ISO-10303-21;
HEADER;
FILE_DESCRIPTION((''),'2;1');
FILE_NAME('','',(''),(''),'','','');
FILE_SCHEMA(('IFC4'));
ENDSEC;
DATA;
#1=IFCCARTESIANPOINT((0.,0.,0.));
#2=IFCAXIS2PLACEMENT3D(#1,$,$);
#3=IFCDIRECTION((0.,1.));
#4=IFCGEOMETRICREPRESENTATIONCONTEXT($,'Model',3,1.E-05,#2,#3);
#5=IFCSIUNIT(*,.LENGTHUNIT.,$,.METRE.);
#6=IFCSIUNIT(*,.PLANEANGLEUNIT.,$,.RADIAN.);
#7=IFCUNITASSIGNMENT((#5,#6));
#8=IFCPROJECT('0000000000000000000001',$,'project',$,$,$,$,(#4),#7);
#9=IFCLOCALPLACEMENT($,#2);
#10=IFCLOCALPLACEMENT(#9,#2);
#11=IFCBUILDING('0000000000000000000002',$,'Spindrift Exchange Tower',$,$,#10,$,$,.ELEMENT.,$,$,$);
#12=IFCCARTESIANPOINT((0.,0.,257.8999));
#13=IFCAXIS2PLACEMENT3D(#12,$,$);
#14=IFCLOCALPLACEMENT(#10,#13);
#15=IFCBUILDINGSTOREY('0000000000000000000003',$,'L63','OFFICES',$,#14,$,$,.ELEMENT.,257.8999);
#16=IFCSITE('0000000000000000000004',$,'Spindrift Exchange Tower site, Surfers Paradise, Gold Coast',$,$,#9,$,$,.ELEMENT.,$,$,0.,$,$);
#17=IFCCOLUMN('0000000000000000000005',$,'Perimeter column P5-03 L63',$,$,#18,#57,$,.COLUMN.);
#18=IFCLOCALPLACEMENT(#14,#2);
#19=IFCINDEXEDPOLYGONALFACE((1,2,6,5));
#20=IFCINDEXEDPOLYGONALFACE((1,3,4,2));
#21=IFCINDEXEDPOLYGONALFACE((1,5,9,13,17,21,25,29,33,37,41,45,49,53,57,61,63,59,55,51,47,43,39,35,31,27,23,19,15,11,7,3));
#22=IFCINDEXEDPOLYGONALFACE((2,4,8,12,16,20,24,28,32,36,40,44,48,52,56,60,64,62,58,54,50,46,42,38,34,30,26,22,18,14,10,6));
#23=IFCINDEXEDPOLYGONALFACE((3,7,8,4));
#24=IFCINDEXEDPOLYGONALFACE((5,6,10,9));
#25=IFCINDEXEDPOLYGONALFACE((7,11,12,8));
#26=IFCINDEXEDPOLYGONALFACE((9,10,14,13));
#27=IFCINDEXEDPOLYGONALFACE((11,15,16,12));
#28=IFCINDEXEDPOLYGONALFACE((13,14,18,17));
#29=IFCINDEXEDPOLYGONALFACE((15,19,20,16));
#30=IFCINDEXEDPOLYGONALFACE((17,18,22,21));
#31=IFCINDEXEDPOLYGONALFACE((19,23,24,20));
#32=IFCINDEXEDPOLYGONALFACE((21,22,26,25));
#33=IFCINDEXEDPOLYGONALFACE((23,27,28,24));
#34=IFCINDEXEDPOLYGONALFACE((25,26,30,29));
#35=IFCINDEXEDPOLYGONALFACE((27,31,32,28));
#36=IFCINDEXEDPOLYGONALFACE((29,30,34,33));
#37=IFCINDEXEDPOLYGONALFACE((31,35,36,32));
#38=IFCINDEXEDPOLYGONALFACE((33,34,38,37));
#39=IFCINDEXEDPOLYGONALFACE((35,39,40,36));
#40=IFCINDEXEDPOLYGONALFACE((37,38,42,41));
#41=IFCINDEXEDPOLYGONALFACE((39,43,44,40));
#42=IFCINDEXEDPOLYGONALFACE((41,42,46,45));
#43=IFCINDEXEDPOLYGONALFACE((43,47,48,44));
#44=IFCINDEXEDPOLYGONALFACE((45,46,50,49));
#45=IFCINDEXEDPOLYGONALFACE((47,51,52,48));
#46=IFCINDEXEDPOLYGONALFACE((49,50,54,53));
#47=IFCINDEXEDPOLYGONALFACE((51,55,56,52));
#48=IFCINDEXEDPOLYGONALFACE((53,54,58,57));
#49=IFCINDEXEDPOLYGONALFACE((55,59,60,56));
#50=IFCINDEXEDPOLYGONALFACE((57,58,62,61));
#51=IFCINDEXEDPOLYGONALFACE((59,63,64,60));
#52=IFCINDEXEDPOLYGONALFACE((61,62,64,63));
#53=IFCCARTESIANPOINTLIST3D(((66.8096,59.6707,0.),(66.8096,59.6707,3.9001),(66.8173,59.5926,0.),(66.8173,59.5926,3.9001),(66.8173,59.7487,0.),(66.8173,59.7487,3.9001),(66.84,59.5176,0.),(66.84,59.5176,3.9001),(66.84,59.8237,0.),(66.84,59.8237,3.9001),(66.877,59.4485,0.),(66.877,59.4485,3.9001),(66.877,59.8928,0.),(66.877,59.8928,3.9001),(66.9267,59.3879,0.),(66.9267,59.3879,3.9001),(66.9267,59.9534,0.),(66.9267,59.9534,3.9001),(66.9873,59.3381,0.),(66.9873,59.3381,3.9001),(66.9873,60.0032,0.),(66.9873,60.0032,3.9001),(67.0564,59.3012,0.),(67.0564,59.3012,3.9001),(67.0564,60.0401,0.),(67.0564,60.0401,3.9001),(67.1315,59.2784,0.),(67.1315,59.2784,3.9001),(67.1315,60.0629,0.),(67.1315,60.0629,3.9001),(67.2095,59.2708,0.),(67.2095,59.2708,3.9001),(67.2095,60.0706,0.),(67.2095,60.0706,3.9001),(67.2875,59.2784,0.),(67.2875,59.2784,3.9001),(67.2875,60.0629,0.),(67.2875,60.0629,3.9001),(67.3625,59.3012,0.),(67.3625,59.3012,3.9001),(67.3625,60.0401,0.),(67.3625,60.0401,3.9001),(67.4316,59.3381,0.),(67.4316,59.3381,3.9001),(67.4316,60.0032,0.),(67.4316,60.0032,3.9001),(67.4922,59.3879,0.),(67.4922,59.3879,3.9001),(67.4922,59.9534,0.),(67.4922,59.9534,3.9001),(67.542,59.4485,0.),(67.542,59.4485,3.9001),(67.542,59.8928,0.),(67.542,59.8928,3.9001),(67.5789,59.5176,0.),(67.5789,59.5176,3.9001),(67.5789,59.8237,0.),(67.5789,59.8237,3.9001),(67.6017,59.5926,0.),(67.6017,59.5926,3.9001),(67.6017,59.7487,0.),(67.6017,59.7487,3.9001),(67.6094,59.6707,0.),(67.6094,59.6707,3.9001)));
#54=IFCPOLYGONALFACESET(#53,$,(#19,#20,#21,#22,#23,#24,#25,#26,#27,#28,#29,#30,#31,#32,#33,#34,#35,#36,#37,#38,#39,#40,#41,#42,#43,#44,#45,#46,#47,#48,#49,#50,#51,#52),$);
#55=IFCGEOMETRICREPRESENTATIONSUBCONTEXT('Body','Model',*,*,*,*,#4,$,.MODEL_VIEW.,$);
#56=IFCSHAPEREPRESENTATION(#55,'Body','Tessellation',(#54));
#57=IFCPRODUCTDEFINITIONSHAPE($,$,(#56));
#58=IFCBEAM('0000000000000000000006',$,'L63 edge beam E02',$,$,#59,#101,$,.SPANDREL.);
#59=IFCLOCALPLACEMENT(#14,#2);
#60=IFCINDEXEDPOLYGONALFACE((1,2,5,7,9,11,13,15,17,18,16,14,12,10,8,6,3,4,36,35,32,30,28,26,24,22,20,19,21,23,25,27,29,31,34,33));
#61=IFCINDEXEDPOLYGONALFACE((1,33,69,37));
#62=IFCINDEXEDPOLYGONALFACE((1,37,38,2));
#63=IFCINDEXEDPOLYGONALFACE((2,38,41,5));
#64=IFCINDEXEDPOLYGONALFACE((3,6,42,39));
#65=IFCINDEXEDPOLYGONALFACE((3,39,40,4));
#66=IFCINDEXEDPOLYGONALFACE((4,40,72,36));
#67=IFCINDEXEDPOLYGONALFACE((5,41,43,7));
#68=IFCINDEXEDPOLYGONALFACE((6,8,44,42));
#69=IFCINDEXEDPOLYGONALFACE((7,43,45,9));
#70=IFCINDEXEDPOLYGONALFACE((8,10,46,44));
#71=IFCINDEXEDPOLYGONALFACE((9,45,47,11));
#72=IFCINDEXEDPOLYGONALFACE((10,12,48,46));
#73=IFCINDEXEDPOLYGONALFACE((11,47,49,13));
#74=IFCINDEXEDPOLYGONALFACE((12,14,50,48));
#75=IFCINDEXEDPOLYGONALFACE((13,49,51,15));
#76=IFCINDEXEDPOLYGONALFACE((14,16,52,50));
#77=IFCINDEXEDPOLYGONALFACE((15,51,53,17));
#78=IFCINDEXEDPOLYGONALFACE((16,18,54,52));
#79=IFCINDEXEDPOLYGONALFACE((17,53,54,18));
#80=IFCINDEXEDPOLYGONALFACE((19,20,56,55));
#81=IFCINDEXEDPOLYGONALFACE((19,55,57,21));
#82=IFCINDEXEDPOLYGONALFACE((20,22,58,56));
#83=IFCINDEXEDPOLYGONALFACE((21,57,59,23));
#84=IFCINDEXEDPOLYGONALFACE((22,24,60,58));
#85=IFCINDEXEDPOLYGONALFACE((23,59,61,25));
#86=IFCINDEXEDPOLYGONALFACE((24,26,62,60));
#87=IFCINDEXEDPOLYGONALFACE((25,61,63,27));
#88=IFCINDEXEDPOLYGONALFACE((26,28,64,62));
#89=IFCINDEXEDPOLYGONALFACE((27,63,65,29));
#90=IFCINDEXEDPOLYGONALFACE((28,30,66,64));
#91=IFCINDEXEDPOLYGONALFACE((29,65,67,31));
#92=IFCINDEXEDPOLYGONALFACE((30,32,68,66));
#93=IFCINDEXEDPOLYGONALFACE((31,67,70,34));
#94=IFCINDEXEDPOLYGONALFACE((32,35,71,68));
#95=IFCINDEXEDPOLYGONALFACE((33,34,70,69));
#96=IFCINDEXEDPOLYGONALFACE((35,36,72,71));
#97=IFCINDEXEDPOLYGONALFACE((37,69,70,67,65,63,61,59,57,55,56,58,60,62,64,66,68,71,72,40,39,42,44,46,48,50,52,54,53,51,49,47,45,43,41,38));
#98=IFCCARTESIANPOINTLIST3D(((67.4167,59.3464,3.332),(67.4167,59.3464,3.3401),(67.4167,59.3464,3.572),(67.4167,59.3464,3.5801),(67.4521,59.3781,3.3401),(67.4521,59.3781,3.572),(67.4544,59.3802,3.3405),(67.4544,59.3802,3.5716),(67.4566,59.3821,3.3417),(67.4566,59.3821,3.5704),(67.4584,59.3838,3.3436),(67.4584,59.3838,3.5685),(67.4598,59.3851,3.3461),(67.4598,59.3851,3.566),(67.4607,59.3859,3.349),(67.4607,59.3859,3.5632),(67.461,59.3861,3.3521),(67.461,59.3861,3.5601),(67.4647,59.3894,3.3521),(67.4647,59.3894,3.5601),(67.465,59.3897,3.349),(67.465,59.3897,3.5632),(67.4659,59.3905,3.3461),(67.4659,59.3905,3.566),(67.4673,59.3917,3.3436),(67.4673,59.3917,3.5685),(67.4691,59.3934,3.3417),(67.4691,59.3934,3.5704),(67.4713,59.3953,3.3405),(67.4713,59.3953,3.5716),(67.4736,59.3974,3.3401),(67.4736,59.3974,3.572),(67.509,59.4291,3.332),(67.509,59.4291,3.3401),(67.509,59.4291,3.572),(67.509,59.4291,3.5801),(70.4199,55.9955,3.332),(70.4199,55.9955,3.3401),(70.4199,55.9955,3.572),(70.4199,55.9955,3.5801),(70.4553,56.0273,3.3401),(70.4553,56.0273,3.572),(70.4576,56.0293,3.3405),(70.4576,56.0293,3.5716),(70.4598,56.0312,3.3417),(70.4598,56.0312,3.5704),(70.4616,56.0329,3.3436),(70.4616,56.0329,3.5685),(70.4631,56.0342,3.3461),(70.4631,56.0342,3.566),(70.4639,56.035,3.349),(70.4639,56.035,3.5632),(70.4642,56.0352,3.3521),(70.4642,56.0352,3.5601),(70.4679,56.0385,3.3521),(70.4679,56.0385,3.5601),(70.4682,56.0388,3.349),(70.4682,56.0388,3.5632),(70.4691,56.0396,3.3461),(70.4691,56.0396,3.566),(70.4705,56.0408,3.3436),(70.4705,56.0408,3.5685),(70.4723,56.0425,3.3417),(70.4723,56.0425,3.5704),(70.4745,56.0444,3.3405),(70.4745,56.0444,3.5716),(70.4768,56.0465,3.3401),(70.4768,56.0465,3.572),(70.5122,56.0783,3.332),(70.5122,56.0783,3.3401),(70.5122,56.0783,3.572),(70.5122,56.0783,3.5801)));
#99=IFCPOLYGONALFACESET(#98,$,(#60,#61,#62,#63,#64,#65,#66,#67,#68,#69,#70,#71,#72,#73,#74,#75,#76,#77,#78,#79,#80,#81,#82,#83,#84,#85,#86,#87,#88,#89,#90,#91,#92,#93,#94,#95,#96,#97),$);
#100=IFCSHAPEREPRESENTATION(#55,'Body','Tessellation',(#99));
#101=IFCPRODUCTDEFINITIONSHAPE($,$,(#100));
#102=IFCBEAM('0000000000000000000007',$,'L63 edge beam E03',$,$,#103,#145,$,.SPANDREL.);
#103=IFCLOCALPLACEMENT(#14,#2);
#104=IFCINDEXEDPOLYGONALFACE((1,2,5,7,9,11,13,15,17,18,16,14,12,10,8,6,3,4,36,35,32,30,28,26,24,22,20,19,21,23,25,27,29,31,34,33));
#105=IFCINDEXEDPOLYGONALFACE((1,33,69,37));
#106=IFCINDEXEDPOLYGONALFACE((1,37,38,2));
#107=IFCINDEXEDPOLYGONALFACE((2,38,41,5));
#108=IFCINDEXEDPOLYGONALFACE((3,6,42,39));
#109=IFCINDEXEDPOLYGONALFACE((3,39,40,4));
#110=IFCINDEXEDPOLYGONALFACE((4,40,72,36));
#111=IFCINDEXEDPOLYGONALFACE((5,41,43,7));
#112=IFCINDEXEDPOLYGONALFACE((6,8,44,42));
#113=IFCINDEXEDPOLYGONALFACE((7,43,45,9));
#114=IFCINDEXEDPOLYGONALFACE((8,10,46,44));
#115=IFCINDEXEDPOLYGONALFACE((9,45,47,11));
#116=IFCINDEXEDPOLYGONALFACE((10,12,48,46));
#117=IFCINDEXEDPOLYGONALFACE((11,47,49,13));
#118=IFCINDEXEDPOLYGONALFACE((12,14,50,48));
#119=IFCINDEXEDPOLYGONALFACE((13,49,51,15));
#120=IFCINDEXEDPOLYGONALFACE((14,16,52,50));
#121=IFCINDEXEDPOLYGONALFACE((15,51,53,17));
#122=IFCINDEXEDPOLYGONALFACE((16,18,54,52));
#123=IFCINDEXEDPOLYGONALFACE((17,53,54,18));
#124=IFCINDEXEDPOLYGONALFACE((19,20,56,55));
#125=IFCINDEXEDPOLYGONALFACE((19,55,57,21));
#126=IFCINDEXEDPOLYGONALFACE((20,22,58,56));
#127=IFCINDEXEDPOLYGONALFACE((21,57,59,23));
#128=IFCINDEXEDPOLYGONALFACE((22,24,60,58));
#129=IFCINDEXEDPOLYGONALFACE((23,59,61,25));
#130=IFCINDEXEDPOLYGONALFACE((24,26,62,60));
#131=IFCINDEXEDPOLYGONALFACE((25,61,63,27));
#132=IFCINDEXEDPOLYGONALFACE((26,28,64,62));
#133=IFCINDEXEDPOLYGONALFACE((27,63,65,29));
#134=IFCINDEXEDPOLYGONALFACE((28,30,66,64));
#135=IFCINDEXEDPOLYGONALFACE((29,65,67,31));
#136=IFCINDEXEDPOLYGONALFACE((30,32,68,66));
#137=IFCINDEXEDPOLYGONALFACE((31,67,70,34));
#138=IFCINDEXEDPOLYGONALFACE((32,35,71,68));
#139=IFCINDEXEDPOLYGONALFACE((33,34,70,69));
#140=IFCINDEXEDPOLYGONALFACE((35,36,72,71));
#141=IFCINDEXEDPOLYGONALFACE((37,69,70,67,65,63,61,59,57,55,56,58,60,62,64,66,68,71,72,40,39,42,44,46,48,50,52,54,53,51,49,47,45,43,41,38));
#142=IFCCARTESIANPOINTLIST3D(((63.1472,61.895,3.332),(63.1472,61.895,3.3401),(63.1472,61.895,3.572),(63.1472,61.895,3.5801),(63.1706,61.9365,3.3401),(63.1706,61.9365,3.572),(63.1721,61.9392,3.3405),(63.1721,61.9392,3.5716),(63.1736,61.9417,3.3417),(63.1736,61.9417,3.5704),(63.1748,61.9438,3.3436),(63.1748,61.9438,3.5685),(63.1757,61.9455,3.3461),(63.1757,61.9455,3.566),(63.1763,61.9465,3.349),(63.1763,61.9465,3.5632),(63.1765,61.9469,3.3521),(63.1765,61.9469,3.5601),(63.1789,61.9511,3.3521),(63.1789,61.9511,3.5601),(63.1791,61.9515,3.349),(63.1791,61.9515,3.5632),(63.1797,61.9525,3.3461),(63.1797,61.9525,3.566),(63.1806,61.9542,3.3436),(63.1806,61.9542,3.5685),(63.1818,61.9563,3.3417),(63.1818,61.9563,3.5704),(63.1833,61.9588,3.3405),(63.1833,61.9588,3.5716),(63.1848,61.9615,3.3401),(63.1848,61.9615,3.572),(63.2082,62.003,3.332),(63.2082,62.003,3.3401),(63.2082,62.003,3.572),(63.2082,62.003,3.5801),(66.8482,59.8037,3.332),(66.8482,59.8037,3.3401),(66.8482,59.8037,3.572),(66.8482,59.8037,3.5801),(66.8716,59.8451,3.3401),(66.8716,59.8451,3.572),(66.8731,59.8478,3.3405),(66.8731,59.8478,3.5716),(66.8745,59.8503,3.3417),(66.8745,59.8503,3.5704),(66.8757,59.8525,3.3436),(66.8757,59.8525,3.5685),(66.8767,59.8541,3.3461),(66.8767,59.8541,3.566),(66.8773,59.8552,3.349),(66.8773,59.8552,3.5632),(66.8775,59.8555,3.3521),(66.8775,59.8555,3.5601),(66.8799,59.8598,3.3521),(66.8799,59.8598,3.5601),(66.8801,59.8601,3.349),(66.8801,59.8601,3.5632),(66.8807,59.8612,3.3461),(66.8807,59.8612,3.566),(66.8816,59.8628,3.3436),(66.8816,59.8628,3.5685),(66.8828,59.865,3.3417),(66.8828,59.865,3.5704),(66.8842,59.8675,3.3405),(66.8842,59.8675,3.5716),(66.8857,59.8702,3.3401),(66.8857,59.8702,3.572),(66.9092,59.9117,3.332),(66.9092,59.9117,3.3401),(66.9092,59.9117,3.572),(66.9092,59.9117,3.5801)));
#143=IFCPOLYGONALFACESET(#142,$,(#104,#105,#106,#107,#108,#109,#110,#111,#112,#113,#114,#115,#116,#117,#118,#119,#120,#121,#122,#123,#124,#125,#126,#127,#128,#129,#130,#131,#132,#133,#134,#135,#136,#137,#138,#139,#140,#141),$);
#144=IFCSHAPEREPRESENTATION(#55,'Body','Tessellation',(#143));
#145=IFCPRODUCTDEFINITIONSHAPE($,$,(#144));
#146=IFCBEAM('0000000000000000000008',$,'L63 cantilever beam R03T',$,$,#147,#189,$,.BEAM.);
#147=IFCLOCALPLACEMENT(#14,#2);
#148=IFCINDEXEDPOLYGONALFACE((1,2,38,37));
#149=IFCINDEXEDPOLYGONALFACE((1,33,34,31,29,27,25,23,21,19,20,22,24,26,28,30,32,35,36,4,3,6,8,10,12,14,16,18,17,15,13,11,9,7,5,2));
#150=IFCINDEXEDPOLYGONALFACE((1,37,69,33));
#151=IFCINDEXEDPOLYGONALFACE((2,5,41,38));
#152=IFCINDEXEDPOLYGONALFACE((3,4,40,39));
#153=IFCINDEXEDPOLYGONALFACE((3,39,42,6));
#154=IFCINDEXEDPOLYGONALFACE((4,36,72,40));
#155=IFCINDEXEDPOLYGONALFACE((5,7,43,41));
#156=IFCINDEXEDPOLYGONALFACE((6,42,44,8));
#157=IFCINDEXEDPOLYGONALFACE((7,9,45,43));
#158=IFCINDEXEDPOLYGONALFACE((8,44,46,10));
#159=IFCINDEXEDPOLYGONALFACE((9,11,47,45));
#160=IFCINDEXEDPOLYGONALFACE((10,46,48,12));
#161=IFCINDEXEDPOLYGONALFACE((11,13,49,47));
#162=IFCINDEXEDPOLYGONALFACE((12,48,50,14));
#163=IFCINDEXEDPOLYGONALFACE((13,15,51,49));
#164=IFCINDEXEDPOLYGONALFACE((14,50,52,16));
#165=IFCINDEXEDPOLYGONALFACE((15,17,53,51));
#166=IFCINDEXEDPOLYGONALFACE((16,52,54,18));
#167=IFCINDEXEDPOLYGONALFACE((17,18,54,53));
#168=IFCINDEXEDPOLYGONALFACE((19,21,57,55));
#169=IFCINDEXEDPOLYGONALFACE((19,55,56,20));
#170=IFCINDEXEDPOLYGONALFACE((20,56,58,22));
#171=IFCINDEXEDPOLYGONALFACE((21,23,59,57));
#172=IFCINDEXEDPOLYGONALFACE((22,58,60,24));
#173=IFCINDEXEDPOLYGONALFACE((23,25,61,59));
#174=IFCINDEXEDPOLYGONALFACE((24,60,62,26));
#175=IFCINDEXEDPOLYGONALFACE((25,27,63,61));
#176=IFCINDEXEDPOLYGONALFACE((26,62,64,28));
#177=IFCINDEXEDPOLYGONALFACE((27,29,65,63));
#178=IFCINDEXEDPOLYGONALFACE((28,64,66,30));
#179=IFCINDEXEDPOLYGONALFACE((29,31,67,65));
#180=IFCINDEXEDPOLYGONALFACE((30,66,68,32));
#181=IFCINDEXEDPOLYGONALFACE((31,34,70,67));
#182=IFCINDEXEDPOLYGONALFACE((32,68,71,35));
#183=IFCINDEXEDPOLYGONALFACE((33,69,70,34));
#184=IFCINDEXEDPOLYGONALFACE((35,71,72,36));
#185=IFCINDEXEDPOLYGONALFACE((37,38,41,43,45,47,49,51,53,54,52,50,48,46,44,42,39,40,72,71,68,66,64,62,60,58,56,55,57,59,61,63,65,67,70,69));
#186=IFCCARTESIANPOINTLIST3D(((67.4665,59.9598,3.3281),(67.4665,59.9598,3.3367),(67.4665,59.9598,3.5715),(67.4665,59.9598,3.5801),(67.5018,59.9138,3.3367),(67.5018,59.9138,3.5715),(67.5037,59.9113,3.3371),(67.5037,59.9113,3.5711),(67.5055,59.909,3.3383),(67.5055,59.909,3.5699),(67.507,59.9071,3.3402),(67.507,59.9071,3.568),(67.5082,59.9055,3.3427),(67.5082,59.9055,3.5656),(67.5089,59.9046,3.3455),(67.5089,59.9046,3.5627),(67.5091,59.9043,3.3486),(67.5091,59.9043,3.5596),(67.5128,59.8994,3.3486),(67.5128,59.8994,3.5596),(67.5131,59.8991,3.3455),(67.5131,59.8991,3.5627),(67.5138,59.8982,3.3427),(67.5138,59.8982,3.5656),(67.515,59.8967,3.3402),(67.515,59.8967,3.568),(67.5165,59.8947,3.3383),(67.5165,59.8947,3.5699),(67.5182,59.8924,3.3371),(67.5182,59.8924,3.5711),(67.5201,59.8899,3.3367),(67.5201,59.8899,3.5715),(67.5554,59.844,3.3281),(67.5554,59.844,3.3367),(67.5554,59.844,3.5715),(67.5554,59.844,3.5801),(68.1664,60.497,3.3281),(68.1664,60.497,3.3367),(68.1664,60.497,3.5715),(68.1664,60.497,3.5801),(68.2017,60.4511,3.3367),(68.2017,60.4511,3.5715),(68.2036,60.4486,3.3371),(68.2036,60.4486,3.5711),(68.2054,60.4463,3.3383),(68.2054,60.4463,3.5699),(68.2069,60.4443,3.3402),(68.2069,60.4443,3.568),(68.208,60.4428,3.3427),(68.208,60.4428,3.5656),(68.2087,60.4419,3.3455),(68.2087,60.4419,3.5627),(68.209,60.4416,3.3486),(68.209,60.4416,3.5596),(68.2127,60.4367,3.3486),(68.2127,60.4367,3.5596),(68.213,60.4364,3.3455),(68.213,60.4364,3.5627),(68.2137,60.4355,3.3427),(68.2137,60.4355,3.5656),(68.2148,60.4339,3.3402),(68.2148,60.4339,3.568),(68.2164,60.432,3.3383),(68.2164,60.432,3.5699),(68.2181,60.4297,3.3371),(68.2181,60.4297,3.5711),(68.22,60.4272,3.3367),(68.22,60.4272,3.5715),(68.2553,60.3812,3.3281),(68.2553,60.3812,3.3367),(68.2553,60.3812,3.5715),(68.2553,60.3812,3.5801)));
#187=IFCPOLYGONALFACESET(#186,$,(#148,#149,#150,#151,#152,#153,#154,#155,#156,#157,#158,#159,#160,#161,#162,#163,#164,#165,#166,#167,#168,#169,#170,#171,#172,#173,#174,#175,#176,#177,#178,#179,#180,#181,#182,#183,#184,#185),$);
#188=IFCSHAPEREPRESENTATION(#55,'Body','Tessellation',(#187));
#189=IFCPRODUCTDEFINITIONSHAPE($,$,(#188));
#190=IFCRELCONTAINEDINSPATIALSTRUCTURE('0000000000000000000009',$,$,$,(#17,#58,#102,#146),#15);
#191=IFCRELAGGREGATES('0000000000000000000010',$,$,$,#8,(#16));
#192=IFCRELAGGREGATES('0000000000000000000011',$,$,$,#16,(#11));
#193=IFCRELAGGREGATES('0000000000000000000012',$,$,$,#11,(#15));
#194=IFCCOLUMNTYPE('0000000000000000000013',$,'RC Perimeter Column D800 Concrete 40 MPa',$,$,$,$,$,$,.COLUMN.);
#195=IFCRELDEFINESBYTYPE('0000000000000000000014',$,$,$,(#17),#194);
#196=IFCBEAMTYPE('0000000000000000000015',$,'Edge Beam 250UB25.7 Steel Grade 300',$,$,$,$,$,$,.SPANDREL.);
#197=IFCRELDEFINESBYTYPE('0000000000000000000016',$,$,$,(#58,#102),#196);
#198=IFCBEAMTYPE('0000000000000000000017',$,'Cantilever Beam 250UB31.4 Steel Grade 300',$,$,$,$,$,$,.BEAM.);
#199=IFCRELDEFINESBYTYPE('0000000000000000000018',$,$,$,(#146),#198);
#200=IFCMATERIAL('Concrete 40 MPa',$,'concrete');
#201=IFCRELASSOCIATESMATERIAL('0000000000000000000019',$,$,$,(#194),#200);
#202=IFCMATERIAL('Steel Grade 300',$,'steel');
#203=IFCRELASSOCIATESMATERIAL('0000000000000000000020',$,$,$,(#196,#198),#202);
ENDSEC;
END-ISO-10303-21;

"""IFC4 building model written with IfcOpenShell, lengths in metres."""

from ifc_helpers import new_model, si_unit, direction, frame, origin, origin_2d, place, context, subcontext, project, spatial, circle, i_section, extrude, source, transform, mapped, material, material_profile, profile_set, type_object, element, save


model = new_model("IFC4")

# Units and contexts
model_context = context("Model", 3, precision=1e-05, world=origin(), true_north=direction((0.0, 1.0)))
body_context = subcontext(model_context, "Body", "Model", "MODEL_VIEW")
ifc_project = project(units=[si_unit("LENGTHUNIT", "METRE"), si_unit("PLANEANGLEUNIT", "RADIAN")], contexts=[model_context])

# Site, building, storey
site_placement = place(None, origin())
site = spatial("IfcSite", under=ifc_project, at=site_placement, Name="Spindrift Exchange Tower site, Surfers Paradise, Gold Coast", CompositionType="ELEMENT", RefElevation=0.0)
building_placement = place(site_placement, origin())
building = spatial("IfcBuilding", under=site, at=building_placement, Name="Spindrift Exchange Tower", CompositionType="ELEMENT")
storey_placement = place(building_placement, frame((0.0, 0.0, 257.8999)))
storey = spatial("IfcBuildingStorey", under=building, at=storey_placement, Name="L63", Description="OFFICES", CompositionType="ELEMENT", Elevation=257.8999)

# Column
ifc_material_1 = material(Name="Concrete 40 MPa", Category="concrete")
ifc_material_profile_1 = material_profile(ifc_material_1, circle(Radius=0.3999, at=origin_2d()), Name="RC D800")
ifc_profile_set_1 = profile_set([ifc_material_profile_1], Name="Concrete 40 MPa")
column_type = type_object("IfcColumnType", Name="RC Perimeter Column D800 Concrete 40 MPa", PredefinedType="COLUMN", material=ifc_profile_set_1)
shared_shape_1 = source(origin(), body_context, "Body", "SweptSolid", [
    extrude(circle(Radius=0.3999, at=origin_2d()), origin(), (0.0, 0.0, 1.0), 3.9001),
])
column_placement = place(storey_placement, frame((67.2095, 59.6707, 0.0), z_axis=(0.0, 0.0, 1.0), x_axis=(1.0, 0.0, 0.0)))
element("IfcColumn", 1, at=column_placement, inside=storey, type_object=column_type, Name="Perimeter column P5-03 L63", PredefinedType="COLUMN", context=body_context, shape_type="MappedRepresentation", body=[
    mapped(shared_shape_1, transform((0.0, 0.0, 0.0), scale=1.0)),
])

# Beams
ifc_material_2 = material(Name="Steel Grade 300", Category="steel")
ifc_material_profile_2 = material_profile(ifc_material_2, i_section(OverallWidth=0.124, OverallDepth=0.248, WebThickness=0.0049, FlangeThickness=0.0081, FilletRadius=0.012, at=origin_2d()), Name="250UB25.7")
ifc_profile_set_2 = profile_set([ifc_material_profile_2], Name="Steel Grade 300")
beam_type_1 = type_object("IfcBeamType", Name="Edge Beam 250UB25.7 Steel Grade 300", PredefinedType="SPANDREL", material=ifc_profile_set_2)
shared_shape_2 = source(origin(), body_context, "Body", "SweptSolid", [
    extrude(i_section(OverallWidth=0.124, OverallDepth=0.248, WebThickness=0.0049, FlangeThickness=0.0081, FilletRadius=0.012, at=origin_2d()), origin(), (0.0, 0.0, 1.0), 4.4998),
])
beam_1_placement = place(storey_placement, frame((70.4661, 56.0369, 3.4561), z_axis=(-0.66742, 0.744682, 0.0), x_axis=(-0.744682, -0.66742, 0.0)))
element("IfcBeam", 2, at=beam_1_placement, inside=storey, type_object=beam_type_1, Name="L63 edge beam E02", PredefinedType="SPANDREL", context=body_context, shape_type="MappedRepresentation", body=[
    mapped(shared_shape_2, transform((0.0, 0.0, 0.0), scale=1.0)),
])
shared_shape_3 = source(origin(), body_context, "Body", "SweptSolid", [
    extrude(i_section(OverallWidth=0.124, OverallDepth=0.248, WebThickness=0.0049, FlangeThickness=0.0081, FilletRadius=0.012, at=origin_2d()), origin(), (0.0, 0.0, 1.0), 4.251),
])
beam_2_placement = place(storey_placement, frame((66.8787, 59.8577, 3.4561), z_axis=(-0.870615, 0.491965, 0.0), x_axis=(-0.491965, -0.870615, 0.0)))
element("IfcBeam", 3, at=beam_2_placement, inside=storey, type_object=beam_type_1, Name="L63 edge beam E03", PredefinedType="SPANDREL", context=body_context, shape_type="MappedRepresentation", body=[
    mapped(shared_shape_3, transform((0.0, 0.0, 0.0), scale=1.0)),
])
ifc_material_profile_3 = material_profile(ifc_material_2, i_section(OverallWidth=0.146, OverallDepth=0.252, WebThickness=0.0061, FlangeThickness=0.0085, FilletRadius=0.012, at=origin_2d()), Name="250UB31.4")
ifc_profile_set_3 = profile_set([ifc_material_profile_3], Name="Steel Grade 300")
beam_type_2 = type_object("IfcBeamType", Name="Cantilever Beam 250UB31.4 Steel Grade 300", PredefinedType="BEAM", material=ifc_profile_set_3)
shared_shape_4 = source(origin(), body_context, "Body", "SweptSolid", [
    extrude(i_section(OverallWidth=0.146, OverallDepth=0.252, WebThickness=0.0061, FlangeThickness=0.0085, FilletRadius=0.012, at=origin_2d()), origin(), (0.0, 0.0, 1.0), 0.8823),
])
beam_3_placement = place(storey_placement, frame((67.511, 59.9019, 3.4541), z_axis=(0.79321, 0.608948, 0.0), x_axis=(-0.608948, 0.79321, 0.0)))
element("IfcBeam", 4, at=beam_3_placement, inside=storey, type_object=beam_type_2, Name="L63 cantilever beam R03T", PredefinedType="BEAM", context=body_context, shape_type="MappedRepresentation", body=[
    mapped(shared_shape_4, transform((0.0, 0.0, 0.0), scale=1.0)),
])

save(model, "model.ifc")
